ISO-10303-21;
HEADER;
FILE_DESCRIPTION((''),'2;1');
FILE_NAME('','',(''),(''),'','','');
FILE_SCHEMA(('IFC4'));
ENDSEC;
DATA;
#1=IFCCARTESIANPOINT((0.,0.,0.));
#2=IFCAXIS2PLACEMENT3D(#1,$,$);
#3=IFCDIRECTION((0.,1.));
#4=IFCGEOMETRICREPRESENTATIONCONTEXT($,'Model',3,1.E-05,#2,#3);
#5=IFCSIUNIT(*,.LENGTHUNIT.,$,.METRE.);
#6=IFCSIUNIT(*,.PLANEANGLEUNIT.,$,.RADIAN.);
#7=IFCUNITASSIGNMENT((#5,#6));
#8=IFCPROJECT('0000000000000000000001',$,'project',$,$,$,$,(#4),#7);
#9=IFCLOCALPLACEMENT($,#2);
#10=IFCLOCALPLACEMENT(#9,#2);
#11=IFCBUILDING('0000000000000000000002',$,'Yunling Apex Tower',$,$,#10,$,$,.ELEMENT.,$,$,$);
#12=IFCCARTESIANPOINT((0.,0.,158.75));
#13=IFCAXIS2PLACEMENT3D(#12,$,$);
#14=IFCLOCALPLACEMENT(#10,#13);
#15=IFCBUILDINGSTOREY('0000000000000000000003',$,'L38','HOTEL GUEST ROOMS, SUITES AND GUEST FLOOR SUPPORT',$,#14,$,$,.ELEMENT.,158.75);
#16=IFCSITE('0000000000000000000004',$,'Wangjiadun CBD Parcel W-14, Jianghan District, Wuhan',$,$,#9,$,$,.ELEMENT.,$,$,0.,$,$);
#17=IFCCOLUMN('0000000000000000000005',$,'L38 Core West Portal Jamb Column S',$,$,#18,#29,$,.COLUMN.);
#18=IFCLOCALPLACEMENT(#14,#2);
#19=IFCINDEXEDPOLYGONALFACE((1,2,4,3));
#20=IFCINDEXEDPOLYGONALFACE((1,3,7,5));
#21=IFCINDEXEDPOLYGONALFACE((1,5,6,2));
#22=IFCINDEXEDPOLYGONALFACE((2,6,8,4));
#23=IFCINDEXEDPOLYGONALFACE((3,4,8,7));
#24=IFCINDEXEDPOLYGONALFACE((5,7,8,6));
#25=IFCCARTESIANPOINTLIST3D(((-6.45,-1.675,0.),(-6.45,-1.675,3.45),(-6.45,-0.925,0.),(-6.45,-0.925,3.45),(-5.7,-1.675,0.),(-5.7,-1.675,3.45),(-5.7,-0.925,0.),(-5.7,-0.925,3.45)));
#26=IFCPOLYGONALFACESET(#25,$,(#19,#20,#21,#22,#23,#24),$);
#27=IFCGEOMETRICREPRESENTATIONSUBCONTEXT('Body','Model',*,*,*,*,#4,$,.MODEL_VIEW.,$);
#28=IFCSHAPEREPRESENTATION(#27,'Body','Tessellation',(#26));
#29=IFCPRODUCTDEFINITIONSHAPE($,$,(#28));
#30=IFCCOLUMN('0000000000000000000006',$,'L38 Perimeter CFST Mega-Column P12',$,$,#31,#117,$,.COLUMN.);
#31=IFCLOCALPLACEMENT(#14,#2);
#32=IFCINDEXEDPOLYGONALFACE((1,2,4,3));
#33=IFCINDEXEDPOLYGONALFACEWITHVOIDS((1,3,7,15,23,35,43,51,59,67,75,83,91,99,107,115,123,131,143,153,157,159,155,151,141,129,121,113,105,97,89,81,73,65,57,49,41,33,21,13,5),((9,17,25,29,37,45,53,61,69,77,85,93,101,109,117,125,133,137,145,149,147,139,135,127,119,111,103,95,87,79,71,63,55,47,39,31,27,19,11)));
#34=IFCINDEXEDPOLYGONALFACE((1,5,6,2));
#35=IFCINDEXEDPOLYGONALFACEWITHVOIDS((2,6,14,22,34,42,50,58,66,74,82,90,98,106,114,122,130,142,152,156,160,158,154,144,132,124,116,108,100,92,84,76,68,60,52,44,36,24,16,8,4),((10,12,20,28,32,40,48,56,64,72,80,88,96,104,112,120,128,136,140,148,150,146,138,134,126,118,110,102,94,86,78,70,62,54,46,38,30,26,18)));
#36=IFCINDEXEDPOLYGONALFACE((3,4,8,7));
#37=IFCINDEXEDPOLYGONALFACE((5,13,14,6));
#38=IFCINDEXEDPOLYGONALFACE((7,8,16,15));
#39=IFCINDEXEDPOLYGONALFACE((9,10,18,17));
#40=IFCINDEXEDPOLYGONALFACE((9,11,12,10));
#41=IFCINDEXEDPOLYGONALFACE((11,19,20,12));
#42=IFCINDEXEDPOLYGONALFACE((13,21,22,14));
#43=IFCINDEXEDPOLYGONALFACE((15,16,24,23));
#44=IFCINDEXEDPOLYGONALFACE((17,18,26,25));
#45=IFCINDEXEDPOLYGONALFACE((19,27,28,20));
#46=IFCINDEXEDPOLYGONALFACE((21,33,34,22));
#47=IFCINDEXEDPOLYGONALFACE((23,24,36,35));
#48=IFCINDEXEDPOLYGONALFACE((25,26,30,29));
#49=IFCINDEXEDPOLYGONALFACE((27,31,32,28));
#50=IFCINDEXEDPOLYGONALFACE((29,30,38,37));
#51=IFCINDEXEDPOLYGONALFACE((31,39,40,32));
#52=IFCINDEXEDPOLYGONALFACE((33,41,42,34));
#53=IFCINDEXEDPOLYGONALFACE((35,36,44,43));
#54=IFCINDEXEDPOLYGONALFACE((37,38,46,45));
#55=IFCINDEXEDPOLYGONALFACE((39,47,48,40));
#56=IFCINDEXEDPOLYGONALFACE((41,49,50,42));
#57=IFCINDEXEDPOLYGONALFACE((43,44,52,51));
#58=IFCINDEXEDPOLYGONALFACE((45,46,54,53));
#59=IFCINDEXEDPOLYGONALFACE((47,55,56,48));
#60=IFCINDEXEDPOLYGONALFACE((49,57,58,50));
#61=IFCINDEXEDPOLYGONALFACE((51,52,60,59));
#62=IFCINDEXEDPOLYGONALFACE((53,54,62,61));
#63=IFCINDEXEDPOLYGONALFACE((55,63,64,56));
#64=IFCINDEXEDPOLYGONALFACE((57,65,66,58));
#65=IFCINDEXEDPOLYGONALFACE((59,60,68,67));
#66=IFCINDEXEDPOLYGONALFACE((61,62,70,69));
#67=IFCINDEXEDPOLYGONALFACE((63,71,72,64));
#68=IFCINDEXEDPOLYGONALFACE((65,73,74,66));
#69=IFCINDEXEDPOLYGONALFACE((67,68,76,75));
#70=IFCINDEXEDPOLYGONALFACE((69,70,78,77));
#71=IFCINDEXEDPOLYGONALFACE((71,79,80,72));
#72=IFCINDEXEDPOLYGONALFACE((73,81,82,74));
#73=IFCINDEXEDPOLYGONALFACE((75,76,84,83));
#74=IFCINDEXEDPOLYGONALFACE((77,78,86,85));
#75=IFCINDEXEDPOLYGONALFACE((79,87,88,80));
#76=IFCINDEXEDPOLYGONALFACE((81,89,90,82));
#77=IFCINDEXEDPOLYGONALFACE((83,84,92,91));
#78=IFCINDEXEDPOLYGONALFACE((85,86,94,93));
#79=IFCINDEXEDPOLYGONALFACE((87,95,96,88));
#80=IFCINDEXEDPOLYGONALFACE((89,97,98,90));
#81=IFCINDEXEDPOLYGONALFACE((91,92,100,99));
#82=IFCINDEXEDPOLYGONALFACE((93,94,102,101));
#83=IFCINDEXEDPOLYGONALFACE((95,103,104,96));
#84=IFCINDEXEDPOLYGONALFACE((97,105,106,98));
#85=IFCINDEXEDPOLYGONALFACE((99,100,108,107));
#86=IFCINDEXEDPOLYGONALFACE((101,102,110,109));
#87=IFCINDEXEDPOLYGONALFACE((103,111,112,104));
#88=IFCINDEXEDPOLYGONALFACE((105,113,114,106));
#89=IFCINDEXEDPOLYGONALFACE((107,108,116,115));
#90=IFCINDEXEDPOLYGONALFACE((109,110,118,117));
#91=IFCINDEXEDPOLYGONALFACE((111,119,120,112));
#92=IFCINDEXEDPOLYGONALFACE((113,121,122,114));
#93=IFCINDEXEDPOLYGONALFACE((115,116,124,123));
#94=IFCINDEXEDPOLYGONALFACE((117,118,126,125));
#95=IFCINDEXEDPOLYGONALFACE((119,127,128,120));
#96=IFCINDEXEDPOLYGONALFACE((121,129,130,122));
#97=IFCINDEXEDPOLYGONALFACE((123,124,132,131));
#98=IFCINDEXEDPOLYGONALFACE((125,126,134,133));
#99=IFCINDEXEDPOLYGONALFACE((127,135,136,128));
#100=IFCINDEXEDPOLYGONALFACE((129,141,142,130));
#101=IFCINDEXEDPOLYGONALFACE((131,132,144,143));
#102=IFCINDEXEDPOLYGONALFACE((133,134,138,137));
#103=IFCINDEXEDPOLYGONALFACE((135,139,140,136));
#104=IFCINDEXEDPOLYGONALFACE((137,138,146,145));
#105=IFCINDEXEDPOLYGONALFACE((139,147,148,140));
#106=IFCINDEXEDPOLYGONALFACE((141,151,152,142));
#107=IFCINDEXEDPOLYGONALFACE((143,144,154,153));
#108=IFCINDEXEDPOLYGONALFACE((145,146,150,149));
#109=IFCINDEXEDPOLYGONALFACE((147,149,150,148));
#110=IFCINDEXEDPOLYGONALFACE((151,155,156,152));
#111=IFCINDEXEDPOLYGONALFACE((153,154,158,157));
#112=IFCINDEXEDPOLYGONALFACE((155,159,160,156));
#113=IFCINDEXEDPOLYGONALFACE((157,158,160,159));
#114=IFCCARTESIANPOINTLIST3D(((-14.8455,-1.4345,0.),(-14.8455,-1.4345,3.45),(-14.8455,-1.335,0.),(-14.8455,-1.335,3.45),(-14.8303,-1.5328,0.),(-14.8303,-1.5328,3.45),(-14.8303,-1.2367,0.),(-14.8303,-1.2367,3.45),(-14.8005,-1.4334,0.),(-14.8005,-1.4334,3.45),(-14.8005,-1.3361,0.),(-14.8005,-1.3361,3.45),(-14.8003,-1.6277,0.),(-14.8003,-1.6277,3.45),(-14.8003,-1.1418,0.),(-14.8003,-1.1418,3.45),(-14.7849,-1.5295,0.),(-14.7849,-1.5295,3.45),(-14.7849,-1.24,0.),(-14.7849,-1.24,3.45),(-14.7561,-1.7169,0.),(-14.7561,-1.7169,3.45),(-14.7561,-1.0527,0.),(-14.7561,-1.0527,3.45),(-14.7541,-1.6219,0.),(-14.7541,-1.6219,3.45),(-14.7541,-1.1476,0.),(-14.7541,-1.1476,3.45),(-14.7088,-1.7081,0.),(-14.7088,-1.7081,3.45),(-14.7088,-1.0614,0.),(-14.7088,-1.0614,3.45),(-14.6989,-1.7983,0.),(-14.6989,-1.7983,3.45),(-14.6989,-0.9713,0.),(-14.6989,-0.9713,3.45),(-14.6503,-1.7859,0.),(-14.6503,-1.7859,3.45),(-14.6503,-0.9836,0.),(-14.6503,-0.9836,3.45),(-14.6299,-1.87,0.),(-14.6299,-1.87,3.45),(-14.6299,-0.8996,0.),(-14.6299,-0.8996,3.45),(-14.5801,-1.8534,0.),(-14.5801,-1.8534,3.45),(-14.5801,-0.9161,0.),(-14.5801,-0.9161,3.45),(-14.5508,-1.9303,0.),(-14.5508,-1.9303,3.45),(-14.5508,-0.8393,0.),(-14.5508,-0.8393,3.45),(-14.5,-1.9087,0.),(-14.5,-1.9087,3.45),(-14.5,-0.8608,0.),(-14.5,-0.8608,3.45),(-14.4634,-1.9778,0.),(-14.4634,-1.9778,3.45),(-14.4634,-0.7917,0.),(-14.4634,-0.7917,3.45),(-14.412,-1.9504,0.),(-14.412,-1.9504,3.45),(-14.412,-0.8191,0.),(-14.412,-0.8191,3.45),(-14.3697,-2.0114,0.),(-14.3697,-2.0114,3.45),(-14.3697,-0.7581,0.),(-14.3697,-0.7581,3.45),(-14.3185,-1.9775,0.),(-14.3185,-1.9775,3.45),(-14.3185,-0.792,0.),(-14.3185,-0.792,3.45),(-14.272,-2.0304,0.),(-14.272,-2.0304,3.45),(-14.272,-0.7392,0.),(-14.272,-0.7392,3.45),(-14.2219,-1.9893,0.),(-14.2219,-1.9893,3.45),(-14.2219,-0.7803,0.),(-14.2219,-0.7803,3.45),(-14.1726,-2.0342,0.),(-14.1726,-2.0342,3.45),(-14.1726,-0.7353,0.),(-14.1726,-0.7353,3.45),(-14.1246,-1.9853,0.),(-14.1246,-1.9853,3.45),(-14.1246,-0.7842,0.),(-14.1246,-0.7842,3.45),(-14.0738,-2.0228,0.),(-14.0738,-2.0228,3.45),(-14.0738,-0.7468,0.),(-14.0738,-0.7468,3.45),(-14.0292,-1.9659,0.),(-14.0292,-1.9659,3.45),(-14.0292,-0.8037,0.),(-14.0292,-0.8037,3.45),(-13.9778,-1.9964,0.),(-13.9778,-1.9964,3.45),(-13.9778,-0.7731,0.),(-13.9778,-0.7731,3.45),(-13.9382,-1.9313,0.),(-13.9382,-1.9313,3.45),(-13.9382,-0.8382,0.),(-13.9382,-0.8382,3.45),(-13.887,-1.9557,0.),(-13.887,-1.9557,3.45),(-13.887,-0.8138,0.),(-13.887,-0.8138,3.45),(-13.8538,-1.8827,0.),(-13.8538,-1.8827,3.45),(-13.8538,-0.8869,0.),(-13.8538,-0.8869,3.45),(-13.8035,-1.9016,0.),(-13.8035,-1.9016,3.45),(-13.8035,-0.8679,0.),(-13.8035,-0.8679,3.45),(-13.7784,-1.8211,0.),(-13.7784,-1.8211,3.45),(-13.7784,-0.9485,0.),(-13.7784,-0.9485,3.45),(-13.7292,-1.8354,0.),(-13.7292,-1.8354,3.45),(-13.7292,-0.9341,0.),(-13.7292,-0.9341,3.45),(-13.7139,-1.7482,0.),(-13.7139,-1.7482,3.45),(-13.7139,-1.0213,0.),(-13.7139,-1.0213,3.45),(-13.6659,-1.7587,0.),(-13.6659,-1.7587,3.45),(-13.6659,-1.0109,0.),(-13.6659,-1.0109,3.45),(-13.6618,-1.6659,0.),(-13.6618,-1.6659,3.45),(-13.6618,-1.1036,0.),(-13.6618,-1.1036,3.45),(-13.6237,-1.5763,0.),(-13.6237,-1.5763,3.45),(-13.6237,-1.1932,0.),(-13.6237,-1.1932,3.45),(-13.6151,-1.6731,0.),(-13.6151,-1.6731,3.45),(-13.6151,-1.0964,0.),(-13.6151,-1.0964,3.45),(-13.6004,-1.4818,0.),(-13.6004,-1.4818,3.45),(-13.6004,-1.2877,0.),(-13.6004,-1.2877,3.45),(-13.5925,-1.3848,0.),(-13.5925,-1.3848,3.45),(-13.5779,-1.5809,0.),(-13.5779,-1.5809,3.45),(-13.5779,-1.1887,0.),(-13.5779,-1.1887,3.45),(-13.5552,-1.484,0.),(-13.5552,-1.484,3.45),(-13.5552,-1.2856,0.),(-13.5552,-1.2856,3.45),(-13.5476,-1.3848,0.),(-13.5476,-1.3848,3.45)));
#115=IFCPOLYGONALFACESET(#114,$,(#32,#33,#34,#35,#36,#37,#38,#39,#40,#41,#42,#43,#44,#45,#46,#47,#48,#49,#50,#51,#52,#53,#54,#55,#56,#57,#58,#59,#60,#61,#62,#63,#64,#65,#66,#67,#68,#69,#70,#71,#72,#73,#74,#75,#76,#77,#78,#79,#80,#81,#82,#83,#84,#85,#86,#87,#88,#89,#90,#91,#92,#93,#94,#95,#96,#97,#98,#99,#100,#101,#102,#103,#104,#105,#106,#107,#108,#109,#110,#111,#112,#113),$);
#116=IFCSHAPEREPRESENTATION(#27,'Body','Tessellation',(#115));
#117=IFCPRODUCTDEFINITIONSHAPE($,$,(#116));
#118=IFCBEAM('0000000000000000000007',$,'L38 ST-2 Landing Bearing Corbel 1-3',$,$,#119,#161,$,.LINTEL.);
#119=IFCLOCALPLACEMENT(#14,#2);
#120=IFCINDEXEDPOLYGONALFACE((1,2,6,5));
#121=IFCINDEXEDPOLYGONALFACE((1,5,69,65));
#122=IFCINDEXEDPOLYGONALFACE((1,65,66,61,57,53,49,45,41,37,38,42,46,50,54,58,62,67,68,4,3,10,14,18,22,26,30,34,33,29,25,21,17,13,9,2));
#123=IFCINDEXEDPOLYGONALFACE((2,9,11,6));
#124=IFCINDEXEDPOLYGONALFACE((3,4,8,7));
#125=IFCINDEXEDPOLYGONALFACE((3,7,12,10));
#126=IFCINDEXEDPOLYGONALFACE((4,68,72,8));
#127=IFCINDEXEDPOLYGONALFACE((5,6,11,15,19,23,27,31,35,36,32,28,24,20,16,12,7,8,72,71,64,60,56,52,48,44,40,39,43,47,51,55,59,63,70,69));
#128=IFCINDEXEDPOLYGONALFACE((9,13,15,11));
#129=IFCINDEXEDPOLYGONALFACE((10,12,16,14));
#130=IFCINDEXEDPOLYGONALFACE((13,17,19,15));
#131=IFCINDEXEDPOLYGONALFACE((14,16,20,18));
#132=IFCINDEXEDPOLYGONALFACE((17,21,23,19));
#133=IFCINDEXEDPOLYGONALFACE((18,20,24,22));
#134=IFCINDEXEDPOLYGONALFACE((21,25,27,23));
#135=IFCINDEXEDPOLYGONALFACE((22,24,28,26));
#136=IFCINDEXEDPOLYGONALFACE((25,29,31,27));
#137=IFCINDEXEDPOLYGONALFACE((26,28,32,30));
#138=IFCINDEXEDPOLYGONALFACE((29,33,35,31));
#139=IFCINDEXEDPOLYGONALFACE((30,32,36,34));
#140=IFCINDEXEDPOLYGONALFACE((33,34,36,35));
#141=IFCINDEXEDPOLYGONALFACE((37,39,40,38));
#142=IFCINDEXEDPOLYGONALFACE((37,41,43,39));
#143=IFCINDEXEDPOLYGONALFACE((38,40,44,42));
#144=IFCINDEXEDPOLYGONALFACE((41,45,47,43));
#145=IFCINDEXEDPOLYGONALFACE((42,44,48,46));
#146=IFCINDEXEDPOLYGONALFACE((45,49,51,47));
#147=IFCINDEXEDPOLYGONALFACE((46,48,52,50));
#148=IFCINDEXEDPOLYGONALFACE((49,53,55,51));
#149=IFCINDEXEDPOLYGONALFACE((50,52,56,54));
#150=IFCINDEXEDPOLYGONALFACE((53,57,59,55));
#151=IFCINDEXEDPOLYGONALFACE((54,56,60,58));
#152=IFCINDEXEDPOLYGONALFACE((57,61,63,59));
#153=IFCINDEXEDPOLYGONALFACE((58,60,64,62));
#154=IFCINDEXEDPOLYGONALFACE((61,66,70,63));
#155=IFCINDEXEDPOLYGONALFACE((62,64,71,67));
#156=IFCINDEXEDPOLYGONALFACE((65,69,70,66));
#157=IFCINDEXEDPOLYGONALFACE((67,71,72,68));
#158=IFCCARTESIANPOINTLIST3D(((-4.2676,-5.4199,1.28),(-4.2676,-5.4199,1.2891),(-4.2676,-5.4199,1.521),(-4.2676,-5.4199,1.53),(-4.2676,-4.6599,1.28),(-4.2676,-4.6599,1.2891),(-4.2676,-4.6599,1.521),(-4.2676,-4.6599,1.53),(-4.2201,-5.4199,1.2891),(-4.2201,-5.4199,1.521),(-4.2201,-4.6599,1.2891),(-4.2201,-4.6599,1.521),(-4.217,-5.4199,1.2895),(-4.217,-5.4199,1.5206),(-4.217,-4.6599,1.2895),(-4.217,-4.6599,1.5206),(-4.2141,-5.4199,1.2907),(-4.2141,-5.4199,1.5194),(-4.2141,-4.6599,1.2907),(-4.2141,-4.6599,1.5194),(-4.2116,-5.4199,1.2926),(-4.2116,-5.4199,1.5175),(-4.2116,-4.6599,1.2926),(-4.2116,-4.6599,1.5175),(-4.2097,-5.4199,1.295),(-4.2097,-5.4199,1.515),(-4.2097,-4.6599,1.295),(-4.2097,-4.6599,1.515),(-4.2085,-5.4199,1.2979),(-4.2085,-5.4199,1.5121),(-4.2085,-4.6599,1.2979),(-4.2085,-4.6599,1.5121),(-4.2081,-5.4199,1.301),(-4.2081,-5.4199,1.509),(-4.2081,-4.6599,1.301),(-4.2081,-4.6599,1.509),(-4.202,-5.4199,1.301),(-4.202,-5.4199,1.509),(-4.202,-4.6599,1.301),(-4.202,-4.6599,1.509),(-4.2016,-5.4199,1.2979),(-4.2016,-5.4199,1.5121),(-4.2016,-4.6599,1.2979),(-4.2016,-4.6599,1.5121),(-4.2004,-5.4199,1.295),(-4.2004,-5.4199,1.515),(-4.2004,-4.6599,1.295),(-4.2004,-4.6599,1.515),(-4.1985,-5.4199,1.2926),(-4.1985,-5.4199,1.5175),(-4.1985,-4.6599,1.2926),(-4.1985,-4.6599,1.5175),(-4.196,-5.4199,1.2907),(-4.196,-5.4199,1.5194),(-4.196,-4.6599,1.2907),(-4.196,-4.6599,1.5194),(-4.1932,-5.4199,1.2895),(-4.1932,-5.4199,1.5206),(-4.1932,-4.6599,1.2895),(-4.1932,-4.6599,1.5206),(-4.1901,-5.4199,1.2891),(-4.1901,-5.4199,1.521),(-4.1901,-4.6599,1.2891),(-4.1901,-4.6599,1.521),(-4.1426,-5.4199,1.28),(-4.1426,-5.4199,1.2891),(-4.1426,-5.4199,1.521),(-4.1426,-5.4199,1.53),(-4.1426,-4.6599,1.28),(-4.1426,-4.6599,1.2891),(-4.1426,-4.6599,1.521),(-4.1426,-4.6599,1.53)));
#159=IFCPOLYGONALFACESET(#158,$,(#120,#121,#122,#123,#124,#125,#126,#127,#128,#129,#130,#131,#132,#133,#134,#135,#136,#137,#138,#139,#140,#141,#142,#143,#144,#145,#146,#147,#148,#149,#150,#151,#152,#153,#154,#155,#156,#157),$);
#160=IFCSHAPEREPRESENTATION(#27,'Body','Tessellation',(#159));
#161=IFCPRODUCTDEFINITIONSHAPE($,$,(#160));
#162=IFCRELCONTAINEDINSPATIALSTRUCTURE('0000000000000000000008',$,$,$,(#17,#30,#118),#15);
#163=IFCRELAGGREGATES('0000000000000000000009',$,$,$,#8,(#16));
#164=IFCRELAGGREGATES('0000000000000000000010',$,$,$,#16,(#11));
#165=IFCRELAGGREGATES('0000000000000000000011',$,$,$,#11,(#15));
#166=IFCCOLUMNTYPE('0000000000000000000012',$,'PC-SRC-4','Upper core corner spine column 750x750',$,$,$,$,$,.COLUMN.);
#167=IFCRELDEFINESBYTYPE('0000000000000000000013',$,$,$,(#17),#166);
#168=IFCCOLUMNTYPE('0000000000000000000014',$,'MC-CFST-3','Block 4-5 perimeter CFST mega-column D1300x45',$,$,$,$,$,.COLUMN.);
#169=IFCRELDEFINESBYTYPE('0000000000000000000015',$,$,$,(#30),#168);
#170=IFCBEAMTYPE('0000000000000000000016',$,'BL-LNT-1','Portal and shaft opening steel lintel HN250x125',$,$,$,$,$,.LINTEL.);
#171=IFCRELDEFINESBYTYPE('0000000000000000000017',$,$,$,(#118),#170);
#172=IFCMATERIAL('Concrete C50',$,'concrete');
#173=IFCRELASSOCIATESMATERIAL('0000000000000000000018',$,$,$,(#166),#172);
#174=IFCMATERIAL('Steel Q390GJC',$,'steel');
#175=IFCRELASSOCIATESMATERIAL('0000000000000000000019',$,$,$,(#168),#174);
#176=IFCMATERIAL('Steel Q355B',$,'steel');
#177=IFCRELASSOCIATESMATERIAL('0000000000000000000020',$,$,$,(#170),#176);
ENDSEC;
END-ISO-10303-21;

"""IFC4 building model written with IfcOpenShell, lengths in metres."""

from ifc_helpers import new_model, si_unit, direction, frame, origin, origin_2d, place, context, subcontext, project, spatial, rectangle, hollow_circle, i_section, extrude, source, transform, mapped, material, material_profile, profile_set, type_object, element, save


model = new_model("IFC4")

# Units and contexts
model_context = context("Model", 3, precision=1e-05, world=origin(), true_north=direction((0.0, 1.0)))
body_context = subcontext(model_context, "Body", "Model", "MODEL_VIEW")
ifc_project = project(units=[si_unit("LENGTHUNIT", "METRE"), si_unit("PLANEANGLEUNIT", "RADIAN")], contexts=[model_context])

# Site, building, storey
site_placement = place(None, origin())
site = spatial("IfcSite", under=ifc_project, at=site_placement, Name="Wangjiadun CBD Parcel W-14, Jianghan District, Wuhan", CompositionType="ELEMENT", RefElevation=0.0)
building_placement = place(site_placement, origin())
building = spatial("IfcBuilding", under=site, at=building_placement, Name="Yunling Apex Tower", CompositionType="ELEMENT")
storey_placement = place(building_placement, frame((0.0, 0.0, 158.75)))
storey = spatial("IfcBuildingStorey", under=building, at=storey_placement, Name="L38", Description="HOTEL GUEST ROOMS, SUITES AND GUEST FLOOR SUPPORT", CompositionType="ELEMENT", Elevation=158.75)

# Columns
ifc_material_1 = material(Name="Concrete C50", Category="concrete")
ifc_material_profile_1 = material_profile(ifc_material_1, rectangle(XDim=0.75, YDim=0.75, at=origin_2d()))
ifc_profile_set_1 = profile_set([ifc_material_profile_1], Name="Concrete C50")
column_type_1 = type_object("IfcColumnType", Name="PC-SRC-4", Description="Upper core corner spine column 750x750", PredefinedType="COLUMN", material=ifc_profile_set_1)
shared_shape_1 = source(origin(), body_context, "Body", "SweptSolid", [
    extrude(rectangle(XDim=0.75, YDim=0.75, at=origin_2d()), origin(), (0.0, 0.0, 1.0), 3.45),
])
column_1_placement = place(storey_placement, frame((-6.075, -1.3, 0.0), z_axis=(0.0, 0.0, 1.0), x_axis=(1.0, 0.0, 0.0)))
element("IfcColumn", 1, at=column_1_placement, inside=storey, type_object=column_type_1, Name="L38 Core West Portal Jamb Column S", PredefinedType="COLUMN", context=body_context, shape_type="MappedRepresentation", body=[
    mapped(shared_shape_1, transform((0.0, 0.0, 0.0), scale=1.0)),
])
ifc_material_2 = material(Name="Steel Q390GJC", Category="steel")
ifc_material_profile_2 = material_profile(ifc_material_2, hollow_circle(Radius=0.6499, WallThickness=0.0449, at=origin_2d()))
ifc_profile_set_2 = profile_set([ifc_material_profile_2], Name="Steel Q390GJC")
column_type_2 = type_object("IfcColumnType", Name="MC-CFST-3", Description="Block 4-5 perimeter CFST mega-column D1300x45", PredefinedType="COLUMN", material=ifc_profile_set_2)
shared_shape_2 = source(origin(), body_context, "Body", "SweptSolid", [
    extrude(hollow_circle(Radius=0.6499, WallThickness=0.0449, at=origin_2d()), origin(), (0.0, 0.0, 1.0), 3.45),
])
column_2_placement = place(storey_placement, frame((-14.1975, -1.3848, 0.0), z_axis=(0.0, 0.0, 1.0), x_axis=(1.0, 0.0, 0.0)))
element("IfcColumn", 2, at=column_2_placement, inside=storey, type_object=column_type_2, Name="L38 Perimeter CFST Mega-Column P12", PredefinedType="COLUMN", context=body_context, shape_type="MappedRepresentation", body=[
    mapped(shared_shape_2, transform((0.0, 0.0, 0.0), scale=1.0)),
])

# Beam
ifc_material_3 = material(Name="Steel Q355B", Category="steel")
ifc_material_profile_3 = material_profile(ifc_material_3, i_section(OverallWidth=0.125, OverallDepth=0.25, WebThickness=0.0061, FlangeThickness=0.009, FilletRadius=0.012, at=origin_2d()))
ifc_profile_set_3 = profile_set([ifc_material_profile_3], Name="Steel Q355B")
beam_type_1 = type_object("IfcBeamType", Name="BL-LNT-1", Description="Portal and shaft opening steel lintel HN250x125", PredefinedType="LINTEL", material=ifc_profile_set_3)
shared_shape_3 = source(origin(), body_context, "Body", "SweptSolid", [
    extrude(i_section(OverallWidth=0.125, OverallDepth=0.25, WebThickness=0.0061, FlangeThickness=0.009, FilletRadius=0.012, at=origin_2d()), origin(), (0.0, 0.0, 1.0), 0.76),
])
beam_1_placement = place(storey_placement, frame((-4.2051, -5.4199, 1.405), z_axis=(0.0, 1.0, 0.0), x_axis=(-1.0, 0.0, 0.0)))
element("IfcBeam", 3, at=beam_1_placement, inside=storey, type_object=beam_type_1, Name="L38 ST-2 Landing Bearing Corbel 1-3", PredefinedType="LINTEL", context=body_context, shape_type="MappedRepresentation", body=[
    mapped(shared_shape_3, transform((0.0, 0.0, 0.0), scale=1.0)),
])

save(model, "model.ifc")
